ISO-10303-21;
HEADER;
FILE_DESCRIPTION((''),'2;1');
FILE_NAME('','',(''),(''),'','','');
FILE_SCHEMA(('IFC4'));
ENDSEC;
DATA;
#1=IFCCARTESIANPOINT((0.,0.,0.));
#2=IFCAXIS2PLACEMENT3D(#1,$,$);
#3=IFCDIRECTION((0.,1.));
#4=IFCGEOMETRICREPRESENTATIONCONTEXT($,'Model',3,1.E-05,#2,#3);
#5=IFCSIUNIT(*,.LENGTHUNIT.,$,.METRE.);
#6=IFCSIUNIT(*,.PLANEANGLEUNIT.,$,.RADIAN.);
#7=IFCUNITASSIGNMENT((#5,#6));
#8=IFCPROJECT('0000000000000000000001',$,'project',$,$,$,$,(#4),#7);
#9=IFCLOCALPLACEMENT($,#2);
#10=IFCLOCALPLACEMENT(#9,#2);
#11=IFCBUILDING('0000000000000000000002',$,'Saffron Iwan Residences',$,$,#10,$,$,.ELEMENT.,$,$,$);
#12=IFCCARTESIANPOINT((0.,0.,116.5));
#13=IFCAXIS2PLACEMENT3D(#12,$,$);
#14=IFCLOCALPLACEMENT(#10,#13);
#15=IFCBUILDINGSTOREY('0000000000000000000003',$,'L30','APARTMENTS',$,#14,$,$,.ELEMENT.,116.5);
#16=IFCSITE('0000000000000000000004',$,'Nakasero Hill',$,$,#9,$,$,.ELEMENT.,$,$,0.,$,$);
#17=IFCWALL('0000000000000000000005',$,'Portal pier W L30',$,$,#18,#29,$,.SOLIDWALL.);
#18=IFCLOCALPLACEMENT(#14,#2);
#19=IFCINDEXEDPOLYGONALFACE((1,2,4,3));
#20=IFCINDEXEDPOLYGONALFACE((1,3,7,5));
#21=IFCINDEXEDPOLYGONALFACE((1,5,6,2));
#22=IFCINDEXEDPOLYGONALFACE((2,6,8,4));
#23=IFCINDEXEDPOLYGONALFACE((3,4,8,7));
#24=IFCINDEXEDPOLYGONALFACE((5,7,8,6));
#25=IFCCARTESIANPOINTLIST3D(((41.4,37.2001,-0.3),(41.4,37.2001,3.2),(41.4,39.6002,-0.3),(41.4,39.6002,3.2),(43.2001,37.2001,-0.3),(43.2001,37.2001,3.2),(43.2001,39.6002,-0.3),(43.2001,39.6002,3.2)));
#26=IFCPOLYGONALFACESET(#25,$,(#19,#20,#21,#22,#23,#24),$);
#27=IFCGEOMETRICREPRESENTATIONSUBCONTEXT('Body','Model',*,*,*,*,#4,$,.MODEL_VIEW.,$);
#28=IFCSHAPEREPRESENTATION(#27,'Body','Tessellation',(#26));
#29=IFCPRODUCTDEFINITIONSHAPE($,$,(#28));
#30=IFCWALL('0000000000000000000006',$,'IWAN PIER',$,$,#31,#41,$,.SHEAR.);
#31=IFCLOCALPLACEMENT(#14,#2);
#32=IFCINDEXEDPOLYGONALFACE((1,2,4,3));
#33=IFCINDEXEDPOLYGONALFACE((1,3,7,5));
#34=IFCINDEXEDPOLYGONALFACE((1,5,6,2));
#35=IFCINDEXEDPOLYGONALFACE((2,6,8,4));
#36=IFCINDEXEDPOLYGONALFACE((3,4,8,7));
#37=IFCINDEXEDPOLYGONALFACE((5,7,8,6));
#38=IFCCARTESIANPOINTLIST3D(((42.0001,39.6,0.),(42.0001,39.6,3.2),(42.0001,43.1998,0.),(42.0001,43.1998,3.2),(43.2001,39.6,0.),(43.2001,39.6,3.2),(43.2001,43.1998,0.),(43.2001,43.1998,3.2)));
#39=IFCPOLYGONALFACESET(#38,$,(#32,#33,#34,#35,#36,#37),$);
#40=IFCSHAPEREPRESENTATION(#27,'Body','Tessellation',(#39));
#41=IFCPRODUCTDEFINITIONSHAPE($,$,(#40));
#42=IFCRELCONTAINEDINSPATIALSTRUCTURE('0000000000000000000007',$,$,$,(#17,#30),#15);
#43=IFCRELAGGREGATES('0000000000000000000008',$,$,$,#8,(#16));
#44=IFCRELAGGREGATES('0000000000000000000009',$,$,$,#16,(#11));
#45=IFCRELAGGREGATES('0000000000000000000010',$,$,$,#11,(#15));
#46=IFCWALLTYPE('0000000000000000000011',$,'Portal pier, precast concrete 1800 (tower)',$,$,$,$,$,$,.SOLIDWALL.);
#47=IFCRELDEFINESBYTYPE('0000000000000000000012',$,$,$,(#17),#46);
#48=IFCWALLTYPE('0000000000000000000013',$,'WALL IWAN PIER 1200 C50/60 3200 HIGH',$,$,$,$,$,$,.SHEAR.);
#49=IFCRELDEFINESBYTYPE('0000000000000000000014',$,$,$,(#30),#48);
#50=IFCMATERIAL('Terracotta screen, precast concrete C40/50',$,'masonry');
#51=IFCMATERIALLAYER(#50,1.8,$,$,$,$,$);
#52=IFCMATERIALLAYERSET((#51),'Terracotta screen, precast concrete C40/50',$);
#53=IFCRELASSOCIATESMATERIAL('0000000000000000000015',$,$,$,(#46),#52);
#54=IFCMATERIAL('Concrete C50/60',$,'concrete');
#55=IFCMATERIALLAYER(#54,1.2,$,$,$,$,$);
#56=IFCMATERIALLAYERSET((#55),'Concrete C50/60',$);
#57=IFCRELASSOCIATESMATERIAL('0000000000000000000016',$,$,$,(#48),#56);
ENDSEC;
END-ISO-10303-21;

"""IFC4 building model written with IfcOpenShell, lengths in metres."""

from ifc_helpers import new_model, si_unit, direction, frame, frame_2d, origin, place, context, subcontext, project, spatial, rectangle, extrude, material, layer, layer_set, type_object, element, save


model = new_model("IFC4")

# Units and contexts
model_context = context("Model", 3, precision=1e-05, world=origin(), true_north=direction((0.0, 1.0)))
body_context = subcontext(model_context, "Body", "Model", "MODEL_VIEW")
ifc_project = project(units=[si_unit("LENGTHUNIT", "METRE"), si_unit("PLANEANGLEUNIT", "RADIAN")], contexts=[model_context])

# Site, building, storey
site_placement = place(None, origin())
site = spatial("IfcSite", under=ifc_project, at=site_placement, Name="Nakasero Hill", CompositionType="ELEMENT", RefElevation=0.0)
building_placement = place(site_placement, origin())
building = spatial("IfcBuilding", under=site, at=building_placement, Name="Saffron Iwan Residences", CompositionType="ELEMENT")
storey_placement = place(building_placement, frame((0.0, 0.0, 116.5)))
storey = spatial("IfcBuildingStorey", under=building, at=storey_placement, Name="L30", Description="APARTMENTS", CompositionType="ELEMENT", Elevation=116.5)

# Shared definitions
ifc_material_1 = material(Name="Concrete C50/60", Category="concrete")

# Walls
ifc_material_2 = material(Name="Terracotta screen, precast concrete C40/50", Category="masonry")
ifc_layer_1 = layer(ifc_material_2, 1.8)
ifc_layer_set_1 = layer_set([ifc_layer_1], Name="Terracotta screen, precast concrete C40/50")
wall_type_1 = type_object("IfcWallType", Name="Portal pier, precast concrete 1800 (tower)", PredefinedType="SOLIDWALL", material=ifc_layer_set_1)
wall_1_placement = place(storey_placement, frame((42.3, 37.2, -0.3), z_axis=(0.0, 0.0, 1.0), x_axis=(0.0, 1.0, 0.0)))
element("IfcWall", 1, at=wall_1_placement, inside=storey, type_object=wall_type_1, Name="Portal pier W L30", PredefinedType="SOLIDWALL", context=body_context, shape_type="SweptSolid", body=[
    extrude(rectangle(XDim=2.4001, YDim=1.8, at=frame_2d((1.2002, 0.0))), origin(), (0.0, 0.0, 1.0), 3.5),
])
ifc_layer_2 = layer(ifc_material_1, 1.2)
ifc_layer_set_2 = layer_set([ifc_layer_2], Name="Concrete C50/60")
wall_type_2 = type_object("IfcWallType", Name="WALL IWAN PIER 1200 C50/60 3200 HIGH", PredefinedType="SHEAR", material=ifc_layer_set_2)
wall_2_placement = place(storey_placement, frame((42.6001, 39.6001, 0.0), z_axis=(0.0, 0.0, 1.0), x_axis=(0.0, 1.0, 0.0)))
element("IfcWall", 2, at=wall_2_placement, inside=storey, type_object=wall_type_2, Name="IWAN PIER", PredefinedType="SHEAR", context=body_context, shape_type="SweptSolid", body=[
    extrude(rectangle(XDim=3.5999, YDim=1.2, at=frame_2d((1.7998, 0.0))), origin(), (0.0, 0.0, 1.0), 3.2),
])

save(model, "model.ifc")
